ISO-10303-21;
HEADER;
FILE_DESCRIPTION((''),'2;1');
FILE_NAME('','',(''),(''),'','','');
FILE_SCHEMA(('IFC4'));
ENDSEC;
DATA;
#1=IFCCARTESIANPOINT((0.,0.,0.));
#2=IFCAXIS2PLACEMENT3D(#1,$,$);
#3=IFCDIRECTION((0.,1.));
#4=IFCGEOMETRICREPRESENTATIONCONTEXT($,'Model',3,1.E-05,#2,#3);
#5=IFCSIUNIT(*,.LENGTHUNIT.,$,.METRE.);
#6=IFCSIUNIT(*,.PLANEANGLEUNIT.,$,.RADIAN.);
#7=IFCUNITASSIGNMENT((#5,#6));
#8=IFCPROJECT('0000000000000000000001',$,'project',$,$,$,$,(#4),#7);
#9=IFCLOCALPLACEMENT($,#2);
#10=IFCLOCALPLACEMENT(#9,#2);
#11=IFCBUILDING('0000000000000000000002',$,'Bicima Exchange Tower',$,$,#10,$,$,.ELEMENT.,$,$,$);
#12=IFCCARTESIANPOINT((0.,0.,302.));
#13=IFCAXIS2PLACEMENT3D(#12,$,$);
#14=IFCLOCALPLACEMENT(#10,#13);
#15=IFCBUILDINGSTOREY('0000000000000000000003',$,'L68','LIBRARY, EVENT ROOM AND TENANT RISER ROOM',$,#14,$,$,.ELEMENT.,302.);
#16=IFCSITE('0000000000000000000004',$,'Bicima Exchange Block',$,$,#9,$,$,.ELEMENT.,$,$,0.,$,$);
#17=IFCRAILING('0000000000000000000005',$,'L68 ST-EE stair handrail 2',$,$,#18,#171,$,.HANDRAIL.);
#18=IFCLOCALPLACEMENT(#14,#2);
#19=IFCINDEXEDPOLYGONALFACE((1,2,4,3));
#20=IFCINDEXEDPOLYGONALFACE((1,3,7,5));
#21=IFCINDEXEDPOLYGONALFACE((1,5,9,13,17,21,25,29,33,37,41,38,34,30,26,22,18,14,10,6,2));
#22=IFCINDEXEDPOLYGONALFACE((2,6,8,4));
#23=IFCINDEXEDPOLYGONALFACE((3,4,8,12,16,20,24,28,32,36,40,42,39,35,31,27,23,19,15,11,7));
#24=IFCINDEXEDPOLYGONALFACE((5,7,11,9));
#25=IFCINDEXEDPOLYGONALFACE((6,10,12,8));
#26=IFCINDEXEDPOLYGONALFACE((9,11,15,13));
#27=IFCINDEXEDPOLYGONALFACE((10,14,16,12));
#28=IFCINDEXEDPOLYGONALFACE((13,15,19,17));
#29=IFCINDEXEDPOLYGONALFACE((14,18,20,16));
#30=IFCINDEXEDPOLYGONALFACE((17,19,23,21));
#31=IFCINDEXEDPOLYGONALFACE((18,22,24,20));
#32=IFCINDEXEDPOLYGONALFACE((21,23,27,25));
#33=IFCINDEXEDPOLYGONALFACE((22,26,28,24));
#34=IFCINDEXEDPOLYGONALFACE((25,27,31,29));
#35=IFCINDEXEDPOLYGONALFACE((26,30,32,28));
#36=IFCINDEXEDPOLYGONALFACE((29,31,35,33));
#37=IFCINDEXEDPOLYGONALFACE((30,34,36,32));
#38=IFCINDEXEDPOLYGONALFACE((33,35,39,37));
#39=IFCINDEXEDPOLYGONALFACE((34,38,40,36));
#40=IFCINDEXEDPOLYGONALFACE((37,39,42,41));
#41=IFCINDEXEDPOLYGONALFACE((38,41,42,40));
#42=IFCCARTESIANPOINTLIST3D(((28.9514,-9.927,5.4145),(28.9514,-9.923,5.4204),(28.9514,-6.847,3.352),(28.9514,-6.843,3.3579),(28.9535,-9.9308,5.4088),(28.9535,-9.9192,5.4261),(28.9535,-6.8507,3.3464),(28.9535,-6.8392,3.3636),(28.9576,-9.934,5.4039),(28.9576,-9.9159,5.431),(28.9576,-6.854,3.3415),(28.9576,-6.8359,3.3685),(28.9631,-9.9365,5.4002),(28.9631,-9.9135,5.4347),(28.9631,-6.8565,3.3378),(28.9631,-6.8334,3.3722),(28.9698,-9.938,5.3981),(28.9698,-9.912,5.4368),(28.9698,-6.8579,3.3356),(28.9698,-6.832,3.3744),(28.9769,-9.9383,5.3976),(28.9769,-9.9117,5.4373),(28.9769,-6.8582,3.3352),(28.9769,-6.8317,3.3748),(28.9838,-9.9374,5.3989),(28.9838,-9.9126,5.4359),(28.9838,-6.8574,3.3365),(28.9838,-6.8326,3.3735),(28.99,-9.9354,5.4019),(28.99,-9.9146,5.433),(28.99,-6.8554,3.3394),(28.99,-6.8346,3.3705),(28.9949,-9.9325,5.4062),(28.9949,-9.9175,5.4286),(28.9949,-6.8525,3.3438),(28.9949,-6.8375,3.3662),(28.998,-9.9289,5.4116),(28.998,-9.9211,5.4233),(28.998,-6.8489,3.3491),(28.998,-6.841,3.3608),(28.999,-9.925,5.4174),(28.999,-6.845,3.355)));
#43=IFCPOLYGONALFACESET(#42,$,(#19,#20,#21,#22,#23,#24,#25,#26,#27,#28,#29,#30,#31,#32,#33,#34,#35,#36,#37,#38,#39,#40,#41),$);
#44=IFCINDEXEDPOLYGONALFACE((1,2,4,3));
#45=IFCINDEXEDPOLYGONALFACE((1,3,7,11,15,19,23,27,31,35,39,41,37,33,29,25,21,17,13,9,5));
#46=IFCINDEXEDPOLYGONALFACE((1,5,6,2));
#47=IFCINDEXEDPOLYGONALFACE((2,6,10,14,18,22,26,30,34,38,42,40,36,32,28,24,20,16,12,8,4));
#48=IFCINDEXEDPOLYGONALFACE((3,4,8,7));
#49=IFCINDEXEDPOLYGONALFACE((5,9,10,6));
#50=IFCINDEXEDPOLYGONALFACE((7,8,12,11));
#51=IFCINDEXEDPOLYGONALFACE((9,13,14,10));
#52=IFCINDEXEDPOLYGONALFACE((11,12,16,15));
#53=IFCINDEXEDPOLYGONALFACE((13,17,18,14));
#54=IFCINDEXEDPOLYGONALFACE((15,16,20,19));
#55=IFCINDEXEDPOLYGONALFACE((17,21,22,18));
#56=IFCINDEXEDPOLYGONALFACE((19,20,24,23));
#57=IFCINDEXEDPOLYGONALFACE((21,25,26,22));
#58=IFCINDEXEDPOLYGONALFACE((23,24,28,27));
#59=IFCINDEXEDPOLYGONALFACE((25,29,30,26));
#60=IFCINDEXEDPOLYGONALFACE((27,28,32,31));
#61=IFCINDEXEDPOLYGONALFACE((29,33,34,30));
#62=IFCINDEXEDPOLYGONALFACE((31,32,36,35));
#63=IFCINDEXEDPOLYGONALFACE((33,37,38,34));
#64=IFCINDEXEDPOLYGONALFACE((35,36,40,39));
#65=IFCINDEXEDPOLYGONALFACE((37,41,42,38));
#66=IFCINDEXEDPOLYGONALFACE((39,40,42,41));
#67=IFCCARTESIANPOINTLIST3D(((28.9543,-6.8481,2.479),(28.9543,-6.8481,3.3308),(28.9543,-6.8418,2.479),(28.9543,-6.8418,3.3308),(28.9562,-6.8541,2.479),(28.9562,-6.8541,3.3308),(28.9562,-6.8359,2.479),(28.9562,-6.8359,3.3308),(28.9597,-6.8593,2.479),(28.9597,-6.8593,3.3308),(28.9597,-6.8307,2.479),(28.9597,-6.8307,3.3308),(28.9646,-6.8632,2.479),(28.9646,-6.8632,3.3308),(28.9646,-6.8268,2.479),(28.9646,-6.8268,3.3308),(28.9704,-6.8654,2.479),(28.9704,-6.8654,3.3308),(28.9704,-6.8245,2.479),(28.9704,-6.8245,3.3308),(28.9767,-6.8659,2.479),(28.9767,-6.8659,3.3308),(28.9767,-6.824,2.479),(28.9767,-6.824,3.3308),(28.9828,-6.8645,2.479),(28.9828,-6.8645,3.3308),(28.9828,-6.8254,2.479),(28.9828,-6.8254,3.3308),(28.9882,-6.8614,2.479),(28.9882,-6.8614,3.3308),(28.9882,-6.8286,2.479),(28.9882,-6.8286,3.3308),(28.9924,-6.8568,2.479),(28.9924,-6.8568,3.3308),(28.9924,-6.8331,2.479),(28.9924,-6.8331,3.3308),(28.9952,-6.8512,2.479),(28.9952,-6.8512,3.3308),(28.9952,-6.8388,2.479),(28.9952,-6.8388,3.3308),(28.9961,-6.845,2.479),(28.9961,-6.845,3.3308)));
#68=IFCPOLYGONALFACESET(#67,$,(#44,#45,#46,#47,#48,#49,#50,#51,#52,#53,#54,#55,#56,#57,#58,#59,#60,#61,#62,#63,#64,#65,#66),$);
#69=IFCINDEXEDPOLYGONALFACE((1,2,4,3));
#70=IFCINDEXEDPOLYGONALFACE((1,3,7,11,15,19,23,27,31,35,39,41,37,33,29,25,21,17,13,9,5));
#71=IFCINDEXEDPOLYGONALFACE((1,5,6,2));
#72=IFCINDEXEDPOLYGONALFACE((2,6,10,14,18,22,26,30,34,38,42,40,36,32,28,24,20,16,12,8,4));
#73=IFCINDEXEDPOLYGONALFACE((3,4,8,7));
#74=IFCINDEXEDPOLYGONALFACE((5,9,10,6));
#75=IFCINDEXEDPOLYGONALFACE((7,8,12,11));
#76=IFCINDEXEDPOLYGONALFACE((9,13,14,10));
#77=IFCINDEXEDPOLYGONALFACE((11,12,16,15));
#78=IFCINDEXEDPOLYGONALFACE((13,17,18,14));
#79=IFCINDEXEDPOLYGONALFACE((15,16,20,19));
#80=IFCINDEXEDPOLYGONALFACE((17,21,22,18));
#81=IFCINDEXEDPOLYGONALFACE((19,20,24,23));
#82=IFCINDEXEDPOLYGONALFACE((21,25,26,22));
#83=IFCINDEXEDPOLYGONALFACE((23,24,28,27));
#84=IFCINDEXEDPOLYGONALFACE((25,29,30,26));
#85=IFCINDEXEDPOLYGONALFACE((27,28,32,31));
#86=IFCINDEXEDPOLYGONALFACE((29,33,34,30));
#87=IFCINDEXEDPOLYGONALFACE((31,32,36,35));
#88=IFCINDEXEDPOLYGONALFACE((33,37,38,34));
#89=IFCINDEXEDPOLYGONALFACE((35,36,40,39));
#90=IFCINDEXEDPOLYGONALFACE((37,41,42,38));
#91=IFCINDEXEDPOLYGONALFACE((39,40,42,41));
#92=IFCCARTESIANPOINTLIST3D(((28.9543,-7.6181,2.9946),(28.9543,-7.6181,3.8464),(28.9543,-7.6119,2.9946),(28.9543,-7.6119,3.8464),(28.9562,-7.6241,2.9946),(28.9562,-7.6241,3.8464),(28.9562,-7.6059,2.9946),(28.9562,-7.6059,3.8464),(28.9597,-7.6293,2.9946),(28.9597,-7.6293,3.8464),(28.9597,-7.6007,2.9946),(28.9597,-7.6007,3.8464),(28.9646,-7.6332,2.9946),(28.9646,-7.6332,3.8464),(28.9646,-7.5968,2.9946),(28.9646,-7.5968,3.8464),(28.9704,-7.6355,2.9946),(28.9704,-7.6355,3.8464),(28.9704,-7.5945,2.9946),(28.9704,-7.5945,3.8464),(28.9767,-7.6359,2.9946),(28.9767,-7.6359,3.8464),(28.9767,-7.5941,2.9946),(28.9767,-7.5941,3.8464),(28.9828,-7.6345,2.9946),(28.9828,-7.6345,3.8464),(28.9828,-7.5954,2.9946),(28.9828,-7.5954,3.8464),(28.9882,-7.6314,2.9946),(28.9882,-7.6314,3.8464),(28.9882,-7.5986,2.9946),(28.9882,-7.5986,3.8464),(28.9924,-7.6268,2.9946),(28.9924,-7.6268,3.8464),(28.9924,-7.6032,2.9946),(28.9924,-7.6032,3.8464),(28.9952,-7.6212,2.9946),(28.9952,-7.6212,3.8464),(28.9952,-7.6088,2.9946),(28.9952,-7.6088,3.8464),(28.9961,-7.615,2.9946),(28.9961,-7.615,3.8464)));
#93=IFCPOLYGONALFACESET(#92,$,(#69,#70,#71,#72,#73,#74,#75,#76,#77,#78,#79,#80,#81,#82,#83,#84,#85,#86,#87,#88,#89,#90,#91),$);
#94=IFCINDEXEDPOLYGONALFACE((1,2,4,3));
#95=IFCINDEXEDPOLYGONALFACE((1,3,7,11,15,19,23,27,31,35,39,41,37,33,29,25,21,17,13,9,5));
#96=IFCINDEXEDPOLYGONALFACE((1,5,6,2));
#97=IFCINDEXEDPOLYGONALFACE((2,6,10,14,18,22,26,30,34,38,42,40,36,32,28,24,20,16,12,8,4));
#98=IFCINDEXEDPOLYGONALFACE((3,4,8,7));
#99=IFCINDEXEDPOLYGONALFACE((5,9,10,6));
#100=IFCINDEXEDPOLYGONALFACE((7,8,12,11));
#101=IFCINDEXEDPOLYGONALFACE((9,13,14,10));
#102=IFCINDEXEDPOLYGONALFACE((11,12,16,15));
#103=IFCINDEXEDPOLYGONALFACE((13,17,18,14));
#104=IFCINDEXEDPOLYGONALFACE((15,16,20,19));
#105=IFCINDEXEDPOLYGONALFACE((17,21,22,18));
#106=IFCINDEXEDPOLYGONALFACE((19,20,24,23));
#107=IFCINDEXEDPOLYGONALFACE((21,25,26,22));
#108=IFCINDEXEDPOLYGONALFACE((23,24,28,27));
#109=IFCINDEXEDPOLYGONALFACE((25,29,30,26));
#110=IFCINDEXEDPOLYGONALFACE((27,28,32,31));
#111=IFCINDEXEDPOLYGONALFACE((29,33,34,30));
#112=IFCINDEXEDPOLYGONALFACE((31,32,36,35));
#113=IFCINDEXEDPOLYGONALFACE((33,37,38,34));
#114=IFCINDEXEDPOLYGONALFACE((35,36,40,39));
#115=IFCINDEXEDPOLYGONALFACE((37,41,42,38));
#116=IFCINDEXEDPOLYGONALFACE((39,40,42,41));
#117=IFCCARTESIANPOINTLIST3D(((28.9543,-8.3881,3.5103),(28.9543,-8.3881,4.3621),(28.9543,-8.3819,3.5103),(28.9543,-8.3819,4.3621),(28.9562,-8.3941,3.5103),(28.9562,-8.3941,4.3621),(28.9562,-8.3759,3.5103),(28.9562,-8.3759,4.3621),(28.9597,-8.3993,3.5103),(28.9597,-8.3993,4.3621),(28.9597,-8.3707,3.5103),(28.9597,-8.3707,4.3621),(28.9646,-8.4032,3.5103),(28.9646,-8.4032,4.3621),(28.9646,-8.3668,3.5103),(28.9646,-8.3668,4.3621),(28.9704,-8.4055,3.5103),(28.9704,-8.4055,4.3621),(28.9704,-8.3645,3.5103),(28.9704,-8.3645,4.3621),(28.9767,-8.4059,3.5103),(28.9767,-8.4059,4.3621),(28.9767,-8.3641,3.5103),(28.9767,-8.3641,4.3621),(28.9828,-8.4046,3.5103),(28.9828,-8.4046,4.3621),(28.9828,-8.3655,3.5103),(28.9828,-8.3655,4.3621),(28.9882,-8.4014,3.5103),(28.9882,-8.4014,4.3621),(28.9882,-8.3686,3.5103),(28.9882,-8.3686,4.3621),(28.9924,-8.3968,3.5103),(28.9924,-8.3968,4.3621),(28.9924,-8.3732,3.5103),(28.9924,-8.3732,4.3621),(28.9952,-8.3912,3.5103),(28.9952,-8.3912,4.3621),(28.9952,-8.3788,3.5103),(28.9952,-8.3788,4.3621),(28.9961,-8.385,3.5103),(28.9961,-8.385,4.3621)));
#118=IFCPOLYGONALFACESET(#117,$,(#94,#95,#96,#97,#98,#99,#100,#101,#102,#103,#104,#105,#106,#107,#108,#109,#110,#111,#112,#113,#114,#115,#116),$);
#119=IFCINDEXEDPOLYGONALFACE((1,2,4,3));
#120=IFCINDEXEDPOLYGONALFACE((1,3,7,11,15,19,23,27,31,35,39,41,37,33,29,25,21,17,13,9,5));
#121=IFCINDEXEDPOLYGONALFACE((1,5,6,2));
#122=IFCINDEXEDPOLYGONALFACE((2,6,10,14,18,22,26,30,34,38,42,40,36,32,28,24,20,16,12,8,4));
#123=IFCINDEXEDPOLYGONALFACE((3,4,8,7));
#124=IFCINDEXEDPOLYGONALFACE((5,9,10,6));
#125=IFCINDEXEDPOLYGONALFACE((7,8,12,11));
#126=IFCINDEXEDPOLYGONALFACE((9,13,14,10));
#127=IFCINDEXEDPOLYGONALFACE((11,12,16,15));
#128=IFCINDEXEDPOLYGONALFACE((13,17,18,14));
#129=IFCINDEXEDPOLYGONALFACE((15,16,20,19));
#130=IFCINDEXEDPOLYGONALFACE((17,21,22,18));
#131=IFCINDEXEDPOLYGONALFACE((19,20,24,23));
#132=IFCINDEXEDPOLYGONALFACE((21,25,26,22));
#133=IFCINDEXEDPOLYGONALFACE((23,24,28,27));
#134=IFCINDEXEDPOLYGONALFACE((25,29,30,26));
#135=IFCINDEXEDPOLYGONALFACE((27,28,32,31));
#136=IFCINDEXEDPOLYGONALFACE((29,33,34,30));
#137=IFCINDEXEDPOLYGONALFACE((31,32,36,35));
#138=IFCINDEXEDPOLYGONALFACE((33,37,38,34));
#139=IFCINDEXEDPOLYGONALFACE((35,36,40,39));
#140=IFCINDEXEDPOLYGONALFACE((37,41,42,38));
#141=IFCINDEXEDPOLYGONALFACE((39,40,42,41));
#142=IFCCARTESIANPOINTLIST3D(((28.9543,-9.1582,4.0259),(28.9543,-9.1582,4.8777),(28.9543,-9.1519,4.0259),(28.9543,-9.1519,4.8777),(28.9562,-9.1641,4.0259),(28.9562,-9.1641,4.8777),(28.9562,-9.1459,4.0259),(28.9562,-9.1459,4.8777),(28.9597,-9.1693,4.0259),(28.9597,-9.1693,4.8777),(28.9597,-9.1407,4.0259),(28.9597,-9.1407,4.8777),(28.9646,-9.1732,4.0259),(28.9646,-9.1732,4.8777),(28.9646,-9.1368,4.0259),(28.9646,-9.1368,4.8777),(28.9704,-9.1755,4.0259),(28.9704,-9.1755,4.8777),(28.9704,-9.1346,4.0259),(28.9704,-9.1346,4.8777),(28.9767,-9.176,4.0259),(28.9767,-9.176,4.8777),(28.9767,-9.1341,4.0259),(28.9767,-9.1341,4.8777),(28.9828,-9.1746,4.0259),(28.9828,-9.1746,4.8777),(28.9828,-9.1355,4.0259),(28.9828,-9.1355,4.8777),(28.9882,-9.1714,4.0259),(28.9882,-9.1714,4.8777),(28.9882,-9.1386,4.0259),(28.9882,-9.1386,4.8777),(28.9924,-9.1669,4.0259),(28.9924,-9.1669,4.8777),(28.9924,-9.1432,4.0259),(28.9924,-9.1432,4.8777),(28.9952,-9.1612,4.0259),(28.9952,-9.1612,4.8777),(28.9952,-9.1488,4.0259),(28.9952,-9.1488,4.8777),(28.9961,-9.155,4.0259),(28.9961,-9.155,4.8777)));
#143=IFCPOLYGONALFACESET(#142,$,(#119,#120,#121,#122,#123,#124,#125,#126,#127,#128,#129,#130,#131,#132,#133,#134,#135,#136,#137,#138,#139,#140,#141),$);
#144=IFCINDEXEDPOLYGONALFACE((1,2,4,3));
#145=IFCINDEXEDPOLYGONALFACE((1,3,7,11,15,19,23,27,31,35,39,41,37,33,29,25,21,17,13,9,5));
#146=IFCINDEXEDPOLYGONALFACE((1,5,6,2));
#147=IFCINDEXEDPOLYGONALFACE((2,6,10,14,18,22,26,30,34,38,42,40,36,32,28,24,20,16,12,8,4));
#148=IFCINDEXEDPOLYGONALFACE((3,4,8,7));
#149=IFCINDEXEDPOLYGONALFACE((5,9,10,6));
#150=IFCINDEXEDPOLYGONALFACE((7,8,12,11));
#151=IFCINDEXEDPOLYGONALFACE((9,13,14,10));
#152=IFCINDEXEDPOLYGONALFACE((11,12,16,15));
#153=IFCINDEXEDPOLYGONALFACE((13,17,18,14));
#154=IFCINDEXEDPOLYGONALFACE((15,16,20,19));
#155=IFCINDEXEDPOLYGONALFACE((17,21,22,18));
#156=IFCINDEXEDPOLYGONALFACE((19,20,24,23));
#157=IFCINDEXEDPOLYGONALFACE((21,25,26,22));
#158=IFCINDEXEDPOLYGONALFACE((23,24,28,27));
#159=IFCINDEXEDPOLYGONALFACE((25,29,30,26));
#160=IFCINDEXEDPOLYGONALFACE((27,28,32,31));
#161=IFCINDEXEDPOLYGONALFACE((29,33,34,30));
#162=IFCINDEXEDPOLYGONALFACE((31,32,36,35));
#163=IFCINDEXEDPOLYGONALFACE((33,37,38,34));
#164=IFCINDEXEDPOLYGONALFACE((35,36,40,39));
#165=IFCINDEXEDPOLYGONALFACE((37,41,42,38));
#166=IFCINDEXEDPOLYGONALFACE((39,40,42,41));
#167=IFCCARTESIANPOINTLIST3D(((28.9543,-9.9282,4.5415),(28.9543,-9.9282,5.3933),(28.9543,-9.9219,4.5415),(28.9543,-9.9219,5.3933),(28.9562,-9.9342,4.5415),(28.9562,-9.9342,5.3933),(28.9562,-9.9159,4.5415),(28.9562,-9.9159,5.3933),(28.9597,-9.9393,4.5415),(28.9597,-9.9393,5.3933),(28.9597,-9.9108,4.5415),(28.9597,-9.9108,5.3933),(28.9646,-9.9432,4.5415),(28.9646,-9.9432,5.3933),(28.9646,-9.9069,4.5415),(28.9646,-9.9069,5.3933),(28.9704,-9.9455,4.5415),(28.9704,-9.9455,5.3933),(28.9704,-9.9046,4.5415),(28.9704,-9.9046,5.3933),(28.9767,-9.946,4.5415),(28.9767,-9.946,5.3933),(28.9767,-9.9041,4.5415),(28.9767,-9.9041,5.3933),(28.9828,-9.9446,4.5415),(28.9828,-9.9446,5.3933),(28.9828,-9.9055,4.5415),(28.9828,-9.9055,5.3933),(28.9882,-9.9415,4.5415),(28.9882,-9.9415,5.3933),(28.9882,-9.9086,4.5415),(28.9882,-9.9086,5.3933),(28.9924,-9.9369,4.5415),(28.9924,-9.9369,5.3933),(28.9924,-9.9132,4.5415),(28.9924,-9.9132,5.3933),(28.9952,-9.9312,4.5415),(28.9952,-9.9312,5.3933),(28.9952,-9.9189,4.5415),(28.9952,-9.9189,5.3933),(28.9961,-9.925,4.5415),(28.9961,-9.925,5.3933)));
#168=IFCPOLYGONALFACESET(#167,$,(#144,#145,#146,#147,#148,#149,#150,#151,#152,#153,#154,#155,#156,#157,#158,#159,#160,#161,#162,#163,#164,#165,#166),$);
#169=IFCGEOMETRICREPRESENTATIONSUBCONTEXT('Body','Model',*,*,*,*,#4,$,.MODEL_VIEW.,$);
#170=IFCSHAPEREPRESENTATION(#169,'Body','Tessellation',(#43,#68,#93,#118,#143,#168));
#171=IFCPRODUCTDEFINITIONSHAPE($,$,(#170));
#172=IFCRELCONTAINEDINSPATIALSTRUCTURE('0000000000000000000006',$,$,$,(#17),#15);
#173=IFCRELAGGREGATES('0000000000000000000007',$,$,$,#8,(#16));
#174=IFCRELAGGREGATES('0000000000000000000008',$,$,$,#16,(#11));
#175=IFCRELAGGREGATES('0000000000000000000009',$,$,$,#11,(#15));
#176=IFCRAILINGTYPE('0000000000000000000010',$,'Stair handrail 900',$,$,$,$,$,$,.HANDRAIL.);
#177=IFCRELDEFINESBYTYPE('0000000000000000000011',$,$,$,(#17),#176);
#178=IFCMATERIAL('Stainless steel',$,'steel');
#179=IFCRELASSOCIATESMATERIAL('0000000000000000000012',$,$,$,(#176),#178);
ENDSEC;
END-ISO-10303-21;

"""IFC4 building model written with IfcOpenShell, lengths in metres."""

from ifc_helpers import new_model, si_unit, direction, frame, origin, origin_2d, place, context, subcontext, project, spatial, circle, extrude, material, type_object, element, save


model = new_model("IFC4")

# Units and contexts
model_context = context("Model", 3, precision=1e-05, world=origin(), true_north=direction((0.0, 1.0)))
body_context = subcontext(model_context, "Body", "Model", "MODEL_VIEW")
ifc_project = project(units=[si_unit("LENGTHUNIT", "METRE"), si_unit("PLANEANGLEUNIT", "RADIAN")], contexts=[model_context])

# Site, building, storey
site_placement = place(None, origin())
site = spatial("IfcSite", under=ifc_project, at=site_placement, Name="Bicima Exchange Block", CompositionType="ELEMENT", RefElevation=0.0)
building_placement = place(site_placement, origin())
building = spatial("IfcBuilding", under=site, at=building_placement, Name="Bicima Exchange Tower", CompositionType="ELEMENT")
storey_placement = place(building_placement, frame((0.0, 0.0, 302.0)))
storey = spatial("IfcBuildingStorey", under=building, at=storey_placement, Name="L68", Description="LIBRARY, EVENT ROOM AND TENANT RISER ROOM", CompositionType="ELEMENT", Elevation=302.0)

# Railing
ifc_material_1 = material(Name="Stainless steel", Category="steel")
railing_type_1 = type_object("IfcRailingType", Name="Stair handrail 900", PredefinedType="HANDRAIL", material=ifc_material_1)
for number, where, name in (
    (1, (28.9751, -6.845, 2.479), "L68 ST-EE stair handrail 2"),
):
    element("IfcRailing", number, at=place(storey_placement, frame(where)), inside=storey, type_object=railing_type_1, Name=name, PredefinedType="HANDRAIL", context=body_context, shape_type="SweptSolid", body=[
        extrude(circle(Radius=0.0239, at=origin_2d()), frame((0.0, 0.0, 0.876), z_axis=(0.0, -0.830914, 0.556401), x_axis=(1.0, 0.0, 0.0)), (0.0, 0.0, 1.0), 3.7068),
        extrude(circle(Radius=0.021, at=origin_2d()), origin(), (0.0, 0.0, 1.0), 0.8518),
        extrude(circle(Radius=0.021, at=origin_2d()), frame((0.0, -0.77, 0.5156)), (0.0, 0.0, 1.0), 0.8518),
        extrude(circle(Radius=0.021, at=origin_2d()), frame((0.0, -1.54, 1.0312)), (0.0, 0.0, 1.0), 0.8518),
        extrude(circle(Radius=0.021, at=origin_2d()), frame((0.0, -2.3101, 1.5469)), (0.0, 0.0, 1.0), 0.8518),
        extrude(circle(Radius=0.021, at=origin_2d()), frame((0.0, -3.0801, 2.0625)), (0.0, 0.0, 1.0), 0.8518),
    ])

save(model, "model.ifc")
